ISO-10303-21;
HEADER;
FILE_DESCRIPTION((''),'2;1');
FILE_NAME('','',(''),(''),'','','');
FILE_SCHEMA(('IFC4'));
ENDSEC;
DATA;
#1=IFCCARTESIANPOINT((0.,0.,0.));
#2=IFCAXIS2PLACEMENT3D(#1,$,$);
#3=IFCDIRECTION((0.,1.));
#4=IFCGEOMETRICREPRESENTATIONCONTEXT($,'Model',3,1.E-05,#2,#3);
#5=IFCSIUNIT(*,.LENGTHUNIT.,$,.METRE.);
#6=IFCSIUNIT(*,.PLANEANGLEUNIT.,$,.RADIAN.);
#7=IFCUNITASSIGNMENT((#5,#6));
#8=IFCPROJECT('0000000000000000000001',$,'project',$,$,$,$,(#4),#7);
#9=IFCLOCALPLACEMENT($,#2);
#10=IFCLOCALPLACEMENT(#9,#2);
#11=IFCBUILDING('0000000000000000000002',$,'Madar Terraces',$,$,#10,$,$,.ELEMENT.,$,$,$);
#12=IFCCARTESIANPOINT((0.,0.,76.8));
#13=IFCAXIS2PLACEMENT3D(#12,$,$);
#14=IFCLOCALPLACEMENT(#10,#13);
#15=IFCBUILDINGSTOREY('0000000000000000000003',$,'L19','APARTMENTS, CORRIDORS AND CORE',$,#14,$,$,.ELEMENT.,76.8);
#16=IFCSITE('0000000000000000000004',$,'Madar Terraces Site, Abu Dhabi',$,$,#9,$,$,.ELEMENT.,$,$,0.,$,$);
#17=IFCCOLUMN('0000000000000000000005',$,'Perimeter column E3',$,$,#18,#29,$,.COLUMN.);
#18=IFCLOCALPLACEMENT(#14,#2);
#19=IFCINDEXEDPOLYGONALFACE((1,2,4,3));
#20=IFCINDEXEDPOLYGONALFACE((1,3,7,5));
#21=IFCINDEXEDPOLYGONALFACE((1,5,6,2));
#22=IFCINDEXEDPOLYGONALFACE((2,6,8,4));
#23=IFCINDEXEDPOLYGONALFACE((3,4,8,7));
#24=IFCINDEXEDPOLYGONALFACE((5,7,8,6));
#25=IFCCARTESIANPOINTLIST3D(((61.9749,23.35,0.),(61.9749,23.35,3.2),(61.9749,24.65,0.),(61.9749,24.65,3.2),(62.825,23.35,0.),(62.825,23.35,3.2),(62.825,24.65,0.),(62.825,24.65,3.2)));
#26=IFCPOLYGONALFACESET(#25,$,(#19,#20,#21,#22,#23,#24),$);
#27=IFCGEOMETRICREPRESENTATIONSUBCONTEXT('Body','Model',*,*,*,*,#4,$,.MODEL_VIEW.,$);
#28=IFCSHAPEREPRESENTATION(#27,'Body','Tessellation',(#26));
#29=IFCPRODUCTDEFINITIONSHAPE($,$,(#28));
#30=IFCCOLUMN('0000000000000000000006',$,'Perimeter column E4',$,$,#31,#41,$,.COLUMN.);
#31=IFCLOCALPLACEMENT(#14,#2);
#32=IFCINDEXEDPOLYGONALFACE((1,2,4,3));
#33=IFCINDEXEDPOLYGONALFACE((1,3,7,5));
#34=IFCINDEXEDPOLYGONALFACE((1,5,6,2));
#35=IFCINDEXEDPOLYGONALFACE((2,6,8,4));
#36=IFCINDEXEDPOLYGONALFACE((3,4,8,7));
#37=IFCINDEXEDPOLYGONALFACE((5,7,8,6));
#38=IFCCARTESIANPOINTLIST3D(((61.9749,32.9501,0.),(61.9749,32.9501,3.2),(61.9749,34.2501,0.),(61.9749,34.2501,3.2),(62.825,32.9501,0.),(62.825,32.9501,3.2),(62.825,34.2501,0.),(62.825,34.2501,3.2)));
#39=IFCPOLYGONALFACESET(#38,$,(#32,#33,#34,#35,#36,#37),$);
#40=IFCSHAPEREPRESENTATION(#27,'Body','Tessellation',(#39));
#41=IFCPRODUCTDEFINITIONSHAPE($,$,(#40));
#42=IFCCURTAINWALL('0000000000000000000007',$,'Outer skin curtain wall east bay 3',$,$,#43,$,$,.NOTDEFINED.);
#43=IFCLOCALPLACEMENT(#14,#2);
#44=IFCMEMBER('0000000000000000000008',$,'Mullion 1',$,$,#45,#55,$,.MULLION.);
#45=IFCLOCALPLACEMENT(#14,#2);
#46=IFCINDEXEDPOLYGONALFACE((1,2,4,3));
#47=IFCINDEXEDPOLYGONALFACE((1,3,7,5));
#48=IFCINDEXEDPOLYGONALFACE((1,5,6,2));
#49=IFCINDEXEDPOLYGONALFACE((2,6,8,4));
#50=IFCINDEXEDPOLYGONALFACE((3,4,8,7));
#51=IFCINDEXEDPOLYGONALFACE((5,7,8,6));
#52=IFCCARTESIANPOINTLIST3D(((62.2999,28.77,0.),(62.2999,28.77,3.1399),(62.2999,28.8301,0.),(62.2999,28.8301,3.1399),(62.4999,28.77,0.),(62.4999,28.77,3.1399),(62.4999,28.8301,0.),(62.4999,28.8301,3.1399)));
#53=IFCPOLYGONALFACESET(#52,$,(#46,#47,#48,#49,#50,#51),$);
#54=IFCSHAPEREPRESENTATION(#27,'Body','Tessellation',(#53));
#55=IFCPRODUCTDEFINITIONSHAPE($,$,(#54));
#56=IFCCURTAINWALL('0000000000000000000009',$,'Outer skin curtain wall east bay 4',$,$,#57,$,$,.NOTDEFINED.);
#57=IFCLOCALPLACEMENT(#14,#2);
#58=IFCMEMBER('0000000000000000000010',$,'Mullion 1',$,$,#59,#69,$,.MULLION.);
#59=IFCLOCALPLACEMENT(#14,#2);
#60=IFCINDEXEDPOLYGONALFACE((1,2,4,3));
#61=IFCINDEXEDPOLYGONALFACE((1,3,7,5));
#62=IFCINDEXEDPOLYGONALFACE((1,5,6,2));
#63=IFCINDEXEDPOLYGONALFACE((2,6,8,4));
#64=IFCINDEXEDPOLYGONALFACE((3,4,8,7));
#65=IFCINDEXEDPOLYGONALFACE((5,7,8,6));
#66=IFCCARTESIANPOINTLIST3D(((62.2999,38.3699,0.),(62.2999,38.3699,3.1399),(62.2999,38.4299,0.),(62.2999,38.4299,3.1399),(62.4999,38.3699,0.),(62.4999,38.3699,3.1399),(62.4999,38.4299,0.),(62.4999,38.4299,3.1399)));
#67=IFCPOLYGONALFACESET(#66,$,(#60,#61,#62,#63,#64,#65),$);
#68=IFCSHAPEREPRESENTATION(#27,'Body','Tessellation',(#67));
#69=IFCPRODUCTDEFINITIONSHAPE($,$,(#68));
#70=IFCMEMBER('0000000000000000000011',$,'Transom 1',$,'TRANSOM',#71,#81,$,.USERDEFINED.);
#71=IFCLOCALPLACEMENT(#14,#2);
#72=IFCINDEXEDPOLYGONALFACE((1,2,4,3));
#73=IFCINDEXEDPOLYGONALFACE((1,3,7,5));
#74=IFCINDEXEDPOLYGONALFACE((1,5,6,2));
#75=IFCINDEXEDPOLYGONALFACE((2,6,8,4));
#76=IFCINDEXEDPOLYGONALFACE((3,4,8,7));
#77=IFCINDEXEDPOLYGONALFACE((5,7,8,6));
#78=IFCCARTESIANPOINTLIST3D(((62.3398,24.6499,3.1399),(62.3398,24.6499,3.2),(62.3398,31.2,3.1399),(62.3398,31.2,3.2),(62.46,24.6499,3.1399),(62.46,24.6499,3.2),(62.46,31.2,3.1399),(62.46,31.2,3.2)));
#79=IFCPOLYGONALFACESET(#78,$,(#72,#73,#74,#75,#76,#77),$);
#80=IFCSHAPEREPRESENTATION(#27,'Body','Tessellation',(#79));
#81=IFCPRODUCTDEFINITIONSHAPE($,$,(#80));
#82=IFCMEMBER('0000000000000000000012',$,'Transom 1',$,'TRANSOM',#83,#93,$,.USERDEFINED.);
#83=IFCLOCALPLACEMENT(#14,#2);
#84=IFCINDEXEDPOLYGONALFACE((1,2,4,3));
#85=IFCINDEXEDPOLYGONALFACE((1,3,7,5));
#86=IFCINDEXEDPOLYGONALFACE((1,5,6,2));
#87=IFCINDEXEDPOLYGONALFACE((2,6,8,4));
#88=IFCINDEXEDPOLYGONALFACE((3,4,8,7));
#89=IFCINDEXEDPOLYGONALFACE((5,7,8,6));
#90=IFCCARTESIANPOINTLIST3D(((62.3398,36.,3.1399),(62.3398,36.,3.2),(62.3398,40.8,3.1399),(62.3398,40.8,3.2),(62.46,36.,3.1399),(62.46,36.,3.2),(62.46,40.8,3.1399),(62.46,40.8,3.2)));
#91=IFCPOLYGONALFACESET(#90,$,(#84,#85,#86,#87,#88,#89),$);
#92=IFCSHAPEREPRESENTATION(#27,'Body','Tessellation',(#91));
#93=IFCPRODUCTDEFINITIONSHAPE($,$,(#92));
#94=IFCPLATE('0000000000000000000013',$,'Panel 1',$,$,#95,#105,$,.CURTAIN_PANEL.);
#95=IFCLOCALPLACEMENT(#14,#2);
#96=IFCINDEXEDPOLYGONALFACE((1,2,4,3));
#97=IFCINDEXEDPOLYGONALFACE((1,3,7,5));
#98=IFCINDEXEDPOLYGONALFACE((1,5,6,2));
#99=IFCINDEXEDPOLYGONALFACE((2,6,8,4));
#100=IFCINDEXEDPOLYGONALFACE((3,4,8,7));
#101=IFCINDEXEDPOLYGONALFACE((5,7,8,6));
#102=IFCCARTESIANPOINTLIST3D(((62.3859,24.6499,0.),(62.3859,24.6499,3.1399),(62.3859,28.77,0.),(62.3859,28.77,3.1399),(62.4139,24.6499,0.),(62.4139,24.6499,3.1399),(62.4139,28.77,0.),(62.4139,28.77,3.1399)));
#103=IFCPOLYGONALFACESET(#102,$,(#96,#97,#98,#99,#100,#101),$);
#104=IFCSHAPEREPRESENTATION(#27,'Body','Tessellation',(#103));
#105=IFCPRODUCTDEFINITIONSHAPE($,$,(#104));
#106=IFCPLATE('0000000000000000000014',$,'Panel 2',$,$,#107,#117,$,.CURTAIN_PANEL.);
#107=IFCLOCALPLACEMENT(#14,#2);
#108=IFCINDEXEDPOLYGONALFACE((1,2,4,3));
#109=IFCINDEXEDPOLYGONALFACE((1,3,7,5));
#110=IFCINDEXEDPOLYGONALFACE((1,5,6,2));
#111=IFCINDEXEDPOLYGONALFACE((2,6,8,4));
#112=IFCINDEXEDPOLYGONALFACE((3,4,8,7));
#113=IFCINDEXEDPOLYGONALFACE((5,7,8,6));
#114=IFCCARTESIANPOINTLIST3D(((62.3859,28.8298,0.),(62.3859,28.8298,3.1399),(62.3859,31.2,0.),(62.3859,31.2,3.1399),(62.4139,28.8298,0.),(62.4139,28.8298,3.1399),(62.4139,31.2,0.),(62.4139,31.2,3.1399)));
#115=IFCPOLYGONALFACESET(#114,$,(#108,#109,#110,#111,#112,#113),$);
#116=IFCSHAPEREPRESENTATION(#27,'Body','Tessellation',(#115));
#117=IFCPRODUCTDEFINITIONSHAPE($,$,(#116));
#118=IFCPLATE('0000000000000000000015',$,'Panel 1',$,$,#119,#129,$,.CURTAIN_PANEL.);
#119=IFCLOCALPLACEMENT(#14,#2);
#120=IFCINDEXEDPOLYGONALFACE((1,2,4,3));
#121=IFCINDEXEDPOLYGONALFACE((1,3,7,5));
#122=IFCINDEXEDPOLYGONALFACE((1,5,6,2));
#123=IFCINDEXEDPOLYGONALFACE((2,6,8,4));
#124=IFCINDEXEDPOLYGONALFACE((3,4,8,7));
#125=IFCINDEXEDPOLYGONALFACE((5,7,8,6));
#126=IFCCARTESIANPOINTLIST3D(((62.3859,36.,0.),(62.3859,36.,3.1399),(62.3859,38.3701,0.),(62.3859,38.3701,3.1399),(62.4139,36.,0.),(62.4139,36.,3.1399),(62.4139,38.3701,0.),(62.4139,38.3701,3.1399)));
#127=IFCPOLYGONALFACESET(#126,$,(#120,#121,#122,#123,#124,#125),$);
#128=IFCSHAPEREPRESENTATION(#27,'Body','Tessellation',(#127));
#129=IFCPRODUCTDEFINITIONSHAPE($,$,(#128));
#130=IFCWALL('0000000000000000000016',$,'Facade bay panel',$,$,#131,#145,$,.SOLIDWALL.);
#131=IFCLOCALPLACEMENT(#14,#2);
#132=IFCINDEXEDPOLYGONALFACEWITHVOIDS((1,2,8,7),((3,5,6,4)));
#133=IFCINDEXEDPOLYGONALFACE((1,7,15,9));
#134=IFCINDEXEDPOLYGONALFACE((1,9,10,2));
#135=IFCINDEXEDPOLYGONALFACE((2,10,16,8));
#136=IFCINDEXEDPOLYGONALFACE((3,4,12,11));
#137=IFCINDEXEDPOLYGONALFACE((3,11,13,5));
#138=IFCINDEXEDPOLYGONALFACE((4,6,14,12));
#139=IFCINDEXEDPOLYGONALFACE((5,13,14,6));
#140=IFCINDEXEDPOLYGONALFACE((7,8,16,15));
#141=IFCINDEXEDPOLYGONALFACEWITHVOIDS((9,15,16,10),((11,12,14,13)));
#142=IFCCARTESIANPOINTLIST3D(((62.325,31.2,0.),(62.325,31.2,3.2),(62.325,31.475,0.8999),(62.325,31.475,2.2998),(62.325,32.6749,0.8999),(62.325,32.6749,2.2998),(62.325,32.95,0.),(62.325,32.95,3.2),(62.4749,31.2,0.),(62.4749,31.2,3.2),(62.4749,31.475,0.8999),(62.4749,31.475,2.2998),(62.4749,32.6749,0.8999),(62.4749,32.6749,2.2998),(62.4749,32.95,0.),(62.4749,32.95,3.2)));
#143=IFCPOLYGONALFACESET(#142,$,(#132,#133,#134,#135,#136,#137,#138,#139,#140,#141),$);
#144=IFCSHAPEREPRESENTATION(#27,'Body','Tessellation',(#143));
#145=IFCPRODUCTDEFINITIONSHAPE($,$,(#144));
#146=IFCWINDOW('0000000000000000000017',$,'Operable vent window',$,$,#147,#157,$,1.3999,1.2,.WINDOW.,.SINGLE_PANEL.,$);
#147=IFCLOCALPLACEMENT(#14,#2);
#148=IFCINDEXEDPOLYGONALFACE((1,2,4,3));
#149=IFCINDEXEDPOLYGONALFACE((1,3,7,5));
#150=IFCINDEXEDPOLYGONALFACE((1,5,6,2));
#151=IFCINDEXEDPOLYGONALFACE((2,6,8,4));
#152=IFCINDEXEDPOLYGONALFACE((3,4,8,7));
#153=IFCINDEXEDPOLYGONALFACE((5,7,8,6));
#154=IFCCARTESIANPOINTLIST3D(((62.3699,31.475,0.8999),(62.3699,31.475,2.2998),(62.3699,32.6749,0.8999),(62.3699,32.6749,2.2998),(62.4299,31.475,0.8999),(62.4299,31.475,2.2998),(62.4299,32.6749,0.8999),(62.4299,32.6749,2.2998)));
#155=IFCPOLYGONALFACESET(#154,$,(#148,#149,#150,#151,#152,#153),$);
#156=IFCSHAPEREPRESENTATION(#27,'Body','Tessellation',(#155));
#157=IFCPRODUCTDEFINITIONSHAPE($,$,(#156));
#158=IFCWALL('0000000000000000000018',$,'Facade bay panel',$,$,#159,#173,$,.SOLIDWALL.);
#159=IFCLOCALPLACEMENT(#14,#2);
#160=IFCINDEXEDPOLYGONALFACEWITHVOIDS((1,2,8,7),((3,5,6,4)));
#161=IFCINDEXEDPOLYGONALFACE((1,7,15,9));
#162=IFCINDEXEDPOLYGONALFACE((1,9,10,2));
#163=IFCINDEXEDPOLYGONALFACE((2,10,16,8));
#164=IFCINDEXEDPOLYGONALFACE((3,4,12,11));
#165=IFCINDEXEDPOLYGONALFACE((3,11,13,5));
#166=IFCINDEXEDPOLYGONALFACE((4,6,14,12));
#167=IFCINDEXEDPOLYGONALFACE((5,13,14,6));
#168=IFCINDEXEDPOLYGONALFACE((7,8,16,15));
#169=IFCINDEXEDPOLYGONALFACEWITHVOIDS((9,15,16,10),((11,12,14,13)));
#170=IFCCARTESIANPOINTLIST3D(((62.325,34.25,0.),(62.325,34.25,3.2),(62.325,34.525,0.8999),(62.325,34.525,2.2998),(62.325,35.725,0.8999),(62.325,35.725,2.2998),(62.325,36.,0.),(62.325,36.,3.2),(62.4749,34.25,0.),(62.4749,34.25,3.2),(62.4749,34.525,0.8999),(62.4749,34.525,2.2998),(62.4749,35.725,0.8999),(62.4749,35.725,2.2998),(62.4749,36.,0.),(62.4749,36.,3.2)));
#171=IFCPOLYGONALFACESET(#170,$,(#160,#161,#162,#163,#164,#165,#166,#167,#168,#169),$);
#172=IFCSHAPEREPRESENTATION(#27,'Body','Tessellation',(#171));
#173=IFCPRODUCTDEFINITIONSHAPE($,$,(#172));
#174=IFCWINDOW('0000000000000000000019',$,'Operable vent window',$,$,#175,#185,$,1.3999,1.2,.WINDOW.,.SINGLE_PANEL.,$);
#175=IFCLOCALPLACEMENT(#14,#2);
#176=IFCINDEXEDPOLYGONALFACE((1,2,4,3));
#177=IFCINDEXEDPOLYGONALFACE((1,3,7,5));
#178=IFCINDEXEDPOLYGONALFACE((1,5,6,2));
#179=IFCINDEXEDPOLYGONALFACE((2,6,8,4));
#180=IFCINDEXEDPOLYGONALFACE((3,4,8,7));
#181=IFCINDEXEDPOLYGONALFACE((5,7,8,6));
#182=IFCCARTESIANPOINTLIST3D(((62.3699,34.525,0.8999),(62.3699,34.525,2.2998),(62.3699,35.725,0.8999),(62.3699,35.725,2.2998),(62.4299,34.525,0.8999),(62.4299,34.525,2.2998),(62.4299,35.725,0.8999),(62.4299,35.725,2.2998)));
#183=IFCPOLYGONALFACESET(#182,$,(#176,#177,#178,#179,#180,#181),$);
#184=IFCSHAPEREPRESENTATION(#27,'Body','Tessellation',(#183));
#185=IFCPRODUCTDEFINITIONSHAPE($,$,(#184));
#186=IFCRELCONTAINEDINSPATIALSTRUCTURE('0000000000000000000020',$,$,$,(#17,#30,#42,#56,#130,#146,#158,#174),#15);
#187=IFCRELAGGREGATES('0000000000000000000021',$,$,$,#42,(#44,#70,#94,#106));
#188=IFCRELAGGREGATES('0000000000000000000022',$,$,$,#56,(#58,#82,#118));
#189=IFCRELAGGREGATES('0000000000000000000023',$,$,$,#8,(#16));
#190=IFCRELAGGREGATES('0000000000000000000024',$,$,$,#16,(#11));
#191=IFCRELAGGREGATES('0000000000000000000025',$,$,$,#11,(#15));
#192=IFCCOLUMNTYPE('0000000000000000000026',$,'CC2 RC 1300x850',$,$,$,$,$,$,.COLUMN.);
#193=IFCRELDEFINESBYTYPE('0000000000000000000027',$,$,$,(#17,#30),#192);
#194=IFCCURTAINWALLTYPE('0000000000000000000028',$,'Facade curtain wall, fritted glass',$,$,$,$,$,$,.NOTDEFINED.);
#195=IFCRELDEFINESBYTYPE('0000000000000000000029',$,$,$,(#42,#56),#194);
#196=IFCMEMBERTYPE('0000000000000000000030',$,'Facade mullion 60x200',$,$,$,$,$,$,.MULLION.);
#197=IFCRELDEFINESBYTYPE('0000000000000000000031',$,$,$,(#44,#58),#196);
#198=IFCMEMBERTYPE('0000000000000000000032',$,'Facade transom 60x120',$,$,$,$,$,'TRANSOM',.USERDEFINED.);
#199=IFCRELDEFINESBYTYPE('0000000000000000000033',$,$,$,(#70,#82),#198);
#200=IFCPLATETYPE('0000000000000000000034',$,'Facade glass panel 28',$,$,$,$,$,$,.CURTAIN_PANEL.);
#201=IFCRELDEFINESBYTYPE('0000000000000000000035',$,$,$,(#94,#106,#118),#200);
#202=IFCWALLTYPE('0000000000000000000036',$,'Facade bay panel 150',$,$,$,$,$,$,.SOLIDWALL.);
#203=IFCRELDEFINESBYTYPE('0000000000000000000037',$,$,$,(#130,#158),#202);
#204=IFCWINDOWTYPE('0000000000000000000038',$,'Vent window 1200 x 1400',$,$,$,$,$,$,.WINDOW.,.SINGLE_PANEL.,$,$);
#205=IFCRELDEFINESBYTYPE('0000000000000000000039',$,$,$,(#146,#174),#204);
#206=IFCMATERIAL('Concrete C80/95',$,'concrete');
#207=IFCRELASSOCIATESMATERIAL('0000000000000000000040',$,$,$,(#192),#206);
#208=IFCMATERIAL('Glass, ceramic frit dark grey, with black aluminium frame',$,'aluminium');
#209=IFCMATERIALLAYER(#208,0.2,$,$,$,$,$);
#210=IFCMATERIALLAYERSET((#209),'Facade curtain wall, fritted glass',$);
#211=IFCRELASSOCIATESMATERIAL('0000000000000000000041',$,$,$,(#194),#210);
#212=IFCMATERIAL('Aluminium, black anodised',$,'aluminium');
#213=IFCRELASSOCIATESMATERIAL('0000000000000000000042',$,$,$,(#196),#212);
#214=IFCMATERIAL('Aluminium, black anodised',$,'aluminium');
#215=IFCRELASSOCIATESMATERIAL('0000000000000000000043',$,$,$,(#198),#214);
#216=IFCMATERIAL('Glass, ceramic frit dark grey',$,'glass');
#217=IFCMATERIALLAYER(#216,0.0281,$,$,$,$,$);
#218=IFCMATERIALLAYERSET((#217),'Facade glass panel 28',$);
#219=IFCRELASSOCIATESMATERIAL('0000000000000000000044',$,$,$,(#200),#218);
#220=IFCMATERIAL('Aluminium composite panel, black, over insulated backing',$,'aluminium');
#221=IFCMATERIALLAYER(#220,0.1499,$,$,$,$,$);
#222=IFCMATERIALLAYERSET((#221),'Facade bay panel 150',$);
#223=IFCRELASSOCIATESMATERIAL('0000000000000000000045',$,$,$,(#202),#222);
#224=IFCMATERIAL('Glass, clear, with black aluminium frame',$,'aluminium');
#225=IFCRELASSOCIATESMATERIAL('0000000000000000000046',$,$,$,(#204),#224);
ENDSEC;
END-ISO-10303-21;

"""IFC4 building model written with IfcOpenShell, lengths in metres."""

from ifc_helpers import new_model, si_unit, direction, frame, frame_2d, origin, origin_2d, place, context, subcontext, project, spatial, rectangle, extrude, material, layer, layer_set, material_profile, profile_set, type_object, element, fill, aggregate, save


model = new_model("IFC4")

# Units and contexts
model_context = context("Model", 3, precision=1e-05, world=origin(), true_north=direction((0.0, 1.0)))
body_context = subcontext(model_context, "Body", "Model", "MODEL_VIEW")
ifc_project = project(units=[si_unit("LENGTHUNIT", "METRE"), si_unit("PLANEANGLEUNIT", "RADIAN")], contexts=[model_context])

# Site, building, storey
site_placement = place(None, origin())
site = spatial("IfcSite", under=ifc_project, at=site_placement, Name="Madar Terraces Site, Abu Dhabi", CompositionType="ELEMENT", RefElevation=0.0)
building_placement = place(site_placement, origin())
building = spatial("IfcBuilding", under=site, at=building_placement, Name="Madar Terraces", CompositionType="ELEMENT")
storey_placement = place(building_placement, frame((0.0, 0.0, 76.8)))
storey = spatial("IfcBuildingStorey", under=building, at=storey_placement, Name="L19", Description="APARTMENTS, CORRIDORS AND CORE", CompositionType="ELEMENT", Elevation=76.8)

# Columns
ifc_material_1 = material(Name="Concrete C80/95", Category="concrete")
ifc_material_profile_1 = material_profile(ifc_material_1, rectangle(XDim=1.3, YDim=0.8501, at=origin_2d()), Name="CC2 RC 1300x850")
ifc_profile_set_1 = profile_set([ifc_material_profile_1], Name="Concrete C80/95")
column_type = type_object("IfcColumnType", Name="CC2 RC 1300x850", PredefinedType="COLUMN", material=ifc_profile_set_1)
for number, where, z_axis, x_axis, name in (
    (1, (62.3999, 24.0, 0.0), (0.0, 0.0, 1.0), (0.0, 1.0, 0.0), "Perimeter column E3"),
    (2, (62.3999, 33.6001, 0.0), (0.0, 0.0, 1.0), (0.0, 1.0, 0.0), "Perimeter column E4"),
):
    element("IfcColumn", number, at=place(storey_placement, frame(where, z_axis=z_axis, x_axis=x_axis)), inside=storey, type_object=column_type, Name=name, PredefinedType="COLUMN", context=body_context, shape_type="SweptSolid", body=[
        extrude(rectangle(XDim=1.3, YDim=0.8501, at=origin_2d()), origin(), (0.0, 0.0, 1.0), 3.2),
    ])

# Curtain walls, members
ifc_material_2 = material(Name="Glass, ceramic frit dark grey, with black aluminium frame", Category="aluminium")
ifc_layer_1 = layer(ifc_material_2, 0.2)
ifc_layer_set_1 = layer_set([ifc_layer_1], Name="Facade curtain wall, fritted glass")
curtain_wall_type = type_object("IfcCurtainWallType", Name="Facade curtain wall, fritted glass", PredefinedType="NOTDEFINED", material=ifc_layer_set_1)
curtain_wall_1_placement = place(storey_placement, origin())
curtain_wall_1 = element("IfcCurtainWall", 3, at=curtain_wall_1_placement, inside=storey, type_object=curtain_wall_type, Name="Outer skin curtain wall east bay 3", PredefinedType="NOTDEFINED")
ifc_material_3 = material(Name="Aluminium, black anodised", Category="aluminium")
ifc_material_profile_2 = material_profile(ifc_material_3, rectangle(XDim=0.2, YDim=0.0601, at=origin_2d()), Name="Facade mullion 60x200")
ifc_profile_set_2 = profile_set([ifc_material_profile_2], Name="Aluminium, black anodised")
member_type_1 = type_object("IfcMemberType", Name="Facade mullion 60x200", PredefinedType="MULLION", material=ifc_profile_set_2)
member_1_placement = place(storey_placement, frame((62.3999, 28.8, 0.0), z_axis=(0.0, 0.0, 1.0), x_axis=(-1.0, 0.0, 0.0)))
member_1 = element("IfcMember", 4, at=member_1_placement, type_object=member_type_1, Name="Mullion 1", PredefinedType="MULLION", context=body_context, shape_type="SweptSolid", body=[
    extrude(rectangle(XDim=0.2, YDim=0.0601, at=origin_2d()), origin(), (0.0, 0.0, 1.0), 3.1399),
])
curtain_wall_2_placement = place(storey_placement, origin())
curtain_wall_2 = element("IfcCurtainWall", 5, at=curtain_wall_2_placement, inside=storey, type_object=curtain_wall_type, Name="Outer skin curtain wall east bay 4", PredefinedType="NOTDEFINED")
member_2_placement = place(storey_placement, frame((62.3999, 38.3999, 0.0), z_axis=(0.0, 0.0, 1.0), x_axis=(-1.0, 0.0, 0.0)))
member_2 = element("IfcMember", 6, at=member_2_placement, type_object=member_type_1, Name="Mullion 1", PredefinedType="MULLION", context=body_context, shape_type="SweptSolid", body=[
    extrude(rectangle(XDim=0.2, YDim=0.0601, at=origin_2d()), origin(), (0.0, 0.0, 1.0), 3.1399),
])

# Members
ifc_material_4 = material(Name="Aluminium, black anodised", Category="aluminium")
ifc_material_profile_3 = material_profile(ifc_material_4, rectangle(XDim=0.1201, YDim=0.0601, at=origin_2d()), Name="Facade transom 60x120")
ifc_profile_set_3 = profile_set([ifc_material_profile_3], Name="Aluminium, black anodised")
member_type_2 = type_object("IfcMemberType", Name="Facade transom 60x120", ElementType="TRANSOM", PredefinedType="USERDEFINED", material=ifc_profile_set_3)
member_3_placement = place(storey_placement, frame((62.3999, 24.6499, 3.1699), z_axis=(0.0, 1.0, 0.0), x_axis=(-1.0, 0.0, 0.0)))
member_3 = element("IfcMember", 7, at=member_3_placement, type_object=member_type_2, Name="Transom 1", ObjectType="TRANSOM", PredefinedType="USERDEFINED", context=body_context, shape_type="SweptSolid", body=[
    extrude(rectangle(XDim=0.1201, YDim=0.0601, at=origin_2d()), origin(), (0.0, 0.0, 1.0), 6.55),
])
member_4_placement = place(storey_placement, frame((62.3999, 36.0, 3.1699), z_axis=(0.0, 1.0, 0.0), x_axis=(-1.0, 0.0, 0.0)))
member_4 = element("IfcMember", 8, at=member_4_placement, type_object=member_type_2, Name="Transom 1", ObjectType="TRANSOM", PredefinedType="USERDEFINED", context=body_context, shape_type="SweptSolid", body=[
    extrude(rectangle(XDim=0.1201, YDim=0.0601, at=origin_2d()), origin(), (0.0, 0.0, 1.0), 4.8),
])

# Plates
ifc_material_5 = material(Name="Glass, ceramic frit dark grey", Category="glass")
ifc_layer_2 = layer(ifc_material_5, 0.0281)
ifc_layer_set_2 = layer_set([ifc_layer_2], Name="Facade glass panel 28")
plate_type = type_object("IfcPlateType", Name="Facade glass panel 28", PredefinedType="CURTAIN_PANEL", material=ifc_layer_set_2)
plate_1_placement = place(storey_placement, frame((62.3999, 26.71, 0.0), z_axis=(0.0, 0.0, 1.0), x_axis=(0.0, 1.0, 0.0)))
plate_1 = element("IfcPlate", 9, at=plate_1_placement, type_object=plate_type, Name="Panel 1", PredefinedType="CURTAIN_PANEL", context=body_context, shape_type="SweptSolid", body=[
    extrude(rectangle(XDim=4.1201, YDim=0.0281, at=origin_2d()), origin(), (0.0, 0.0, 1.0), 3.1399),
])
plate_2_placement = place(storey_placement, frame((62.3999, 30.0149, 0.0), z_axis=(0.0, 0.0, 1.0), x_axis=(0.0, 1.0, 0.0)))
plate_2 = element("IfcPlate", 10, at=plate_2_placement, type_object=plate_type, Name="Panel 2", PredefinedType="CURTAIN_PANEL", context=body_context, shape_type="SweptSolid", body=[
    extrude(rectangle(XDim=2.3701, YDim=0.0281, at=origin_2d()), origin(), (0.0, 0.0, 1.0), 3.1399),
])
aggregate(curtain_wall_1, [member_1, member_3, plate_1, plate_2])
plate_3_placement = place(storey_placement, frame((62.3999, 37.1851, 0.0), z_axis=(0.0, 0.0, 1.0), x_axis=(0.0, 1.0, 0.0)))
plate_3 = element("IfcPlate", 11, at=plate_3_placement, type_object=plate_type, Name="Panel 1", PredefinedType="CURTAIN_PANEL", context=body_context, shape_type="SweptSolid", body=[
    extrude(rectangle(XDim=2.3701, YDim=0.0281, at=origin_2d()), origin(), (0.0, 0.0, 1.0), 3.1399),
])
aggregate(curtain_wall_2, [member_2, member_4, plate_3])

# Walls, openings, windows
ifc_material_6 = material(Name="Aluminium composite panel, black, over insulated backing", Category="aluminium")
ifc_layer_3 = layer(ifc_material_6, 0.1499)
ifc_layer_set_3 = layer_set([ifc_layer_3], Name="Facade bay panel 150")
wall_type_1 = type_object("IfcWallType", Name="Facade bay panel 150", PredefinedType="SOLIDWALL", material=ifc_layer_set_3)
wall_1_placement = place(storey_placement, frame((62.3999, 31.2, 0.0), z_axis=(0.0, 0.0, 1.0), x_axis=(0.0, 1.0, 0.0)))
wall_1 = element("IfcWall", 12, at=wall_1_placement, inside=storey, type_object=wall_type_1, Name="Facade bay panel", PredefinedType="SOLIDWALL", context=body_context, shape_type="SweptSolid", body=[
    extrude(rectangle(XDim=1.75, YDim=0.1499, at=frame_2d((0.875, 0.0))), origin(), (0.0, 0.0, 1.0), 3.2),
])
opening_1_placement = place(wall_1_placement, frame((0.2749, 0.0, 0.8999)))
opening_1 = element("IfcOpeningElement", 13, at=opening_1_placement, cuts=wall_1, PredefinedType="OPENING", context=body_context, shape_type="SweptSolid", body=[
    extrude(rectangle(XDim=1.2, YDim=1.3999, at=frame_2d((0.6001, 0.7))), frame((0.0, 0.085, 0.0), z_axis=(0.0, -1.0, 0.0), x_axis=(1.0, 0.0, 0.0)), (0.0, 0.0, 1.0), 0.1699),
])
ifc_material_7 = material(Name="Glass, clear, with black aluminium frame", Category="aluminium")
window_type = type_object("IfcWindowType", Name="Vent window 1200 x 1400", PartitioningType="SINGLE_PANEL", PredefinedType="WINDOW", material=ifc_material_7)
window_1_placement = place(opening_1_placement, origin())
window_1 = element("IfcWindow", 14, at=window_1_placement, inside=storey, type_object=window_type, Name="Operable vent window", OverallHeight=1.3999, OverallWidth=1.2, PartitioningType="SINGLE_PANEL", PredefinedType="WINDOW", context=body_context, shape_type="SweptSolid", body=[
    extrude(rectangle(XDim=1.2, YDim=1.3999, at=frame_2d((0.6001, 0.7))), frame((0.0, 0.03, 0.0), z_axis=(0.0, -1.0, 0.0), x_axis=(1.0, 0.0, 0.0)), (0.0, 0.0, 1.0), 0.0601),
])
fill(opening_1, window_1)
wall_2_placement = place(storey_placement, frame((62.3999, 34.25, 0.0), z_axis=(0.0, 0.0, 1.0), x_axis=(0.0, 1.0, 0.0)))
wall_2 = element("IfcWall", 15, at=wall_2_placement, inside=storey, type_object=wall_type_1, Name="Facade bay panel", PredefinedType="SOLIDWALL", context=body_context, shape_type="SweptSolid", body=[
    extrude(rectangle(XDim=1.75, YDim=0.1499, at=frame_2d((0.875, 0.0))), origin(), (0.0, 0.0, 1.0), 3.2),
])
opening_2_placement = place(wall_2_placement, frame((0.2749, 0.0, 0.8999)))
opening_2 = element("IfcOpeningElement", 16, at=opening_2_placement, cuts=wall_2, PredefinedType="OPENING", context=body_context, shape_type="SweptSolid", body=[
    extrude(rectangle(XDim=1.2, YDim=1.3999, at=frame_2d((0.6001, 0.7))), frame((0.0, 0.085, 0.0), z_axis=(0.0, -1.0, 0.0), x_axis=(1.0, 0.0, 0.0)), (0.0, 0.0, 1.0), 0.1699),
])
window_2_placement = place(opening_2_placement, origin())
window_2 = element("IfcWindow", 17, at=window_2_placement, inside=storey, type_object=window_type, Name="Operable vent window", OverallHeight=1.3999, OverallWidth=1.2, PartitioningType="SINGLE_PANEL", PredefinedType="WINDOW", context=body_context, shape_type="SweptSolid", body=[
    extrude(rectangle(XDim=1.2, YDim=1.3999, at=frame_2d((0.6001, 0.7))), frame((0.0, 0.03, 0.0), z_axis=(0.0, -1.0, 0.0), x_axis=(1.0, 0.0, 0.0)), (0.0, 0.0, 1.0), 0.0601),
])
fill(opening_2, window_2)

save(model, "model.ifc")
